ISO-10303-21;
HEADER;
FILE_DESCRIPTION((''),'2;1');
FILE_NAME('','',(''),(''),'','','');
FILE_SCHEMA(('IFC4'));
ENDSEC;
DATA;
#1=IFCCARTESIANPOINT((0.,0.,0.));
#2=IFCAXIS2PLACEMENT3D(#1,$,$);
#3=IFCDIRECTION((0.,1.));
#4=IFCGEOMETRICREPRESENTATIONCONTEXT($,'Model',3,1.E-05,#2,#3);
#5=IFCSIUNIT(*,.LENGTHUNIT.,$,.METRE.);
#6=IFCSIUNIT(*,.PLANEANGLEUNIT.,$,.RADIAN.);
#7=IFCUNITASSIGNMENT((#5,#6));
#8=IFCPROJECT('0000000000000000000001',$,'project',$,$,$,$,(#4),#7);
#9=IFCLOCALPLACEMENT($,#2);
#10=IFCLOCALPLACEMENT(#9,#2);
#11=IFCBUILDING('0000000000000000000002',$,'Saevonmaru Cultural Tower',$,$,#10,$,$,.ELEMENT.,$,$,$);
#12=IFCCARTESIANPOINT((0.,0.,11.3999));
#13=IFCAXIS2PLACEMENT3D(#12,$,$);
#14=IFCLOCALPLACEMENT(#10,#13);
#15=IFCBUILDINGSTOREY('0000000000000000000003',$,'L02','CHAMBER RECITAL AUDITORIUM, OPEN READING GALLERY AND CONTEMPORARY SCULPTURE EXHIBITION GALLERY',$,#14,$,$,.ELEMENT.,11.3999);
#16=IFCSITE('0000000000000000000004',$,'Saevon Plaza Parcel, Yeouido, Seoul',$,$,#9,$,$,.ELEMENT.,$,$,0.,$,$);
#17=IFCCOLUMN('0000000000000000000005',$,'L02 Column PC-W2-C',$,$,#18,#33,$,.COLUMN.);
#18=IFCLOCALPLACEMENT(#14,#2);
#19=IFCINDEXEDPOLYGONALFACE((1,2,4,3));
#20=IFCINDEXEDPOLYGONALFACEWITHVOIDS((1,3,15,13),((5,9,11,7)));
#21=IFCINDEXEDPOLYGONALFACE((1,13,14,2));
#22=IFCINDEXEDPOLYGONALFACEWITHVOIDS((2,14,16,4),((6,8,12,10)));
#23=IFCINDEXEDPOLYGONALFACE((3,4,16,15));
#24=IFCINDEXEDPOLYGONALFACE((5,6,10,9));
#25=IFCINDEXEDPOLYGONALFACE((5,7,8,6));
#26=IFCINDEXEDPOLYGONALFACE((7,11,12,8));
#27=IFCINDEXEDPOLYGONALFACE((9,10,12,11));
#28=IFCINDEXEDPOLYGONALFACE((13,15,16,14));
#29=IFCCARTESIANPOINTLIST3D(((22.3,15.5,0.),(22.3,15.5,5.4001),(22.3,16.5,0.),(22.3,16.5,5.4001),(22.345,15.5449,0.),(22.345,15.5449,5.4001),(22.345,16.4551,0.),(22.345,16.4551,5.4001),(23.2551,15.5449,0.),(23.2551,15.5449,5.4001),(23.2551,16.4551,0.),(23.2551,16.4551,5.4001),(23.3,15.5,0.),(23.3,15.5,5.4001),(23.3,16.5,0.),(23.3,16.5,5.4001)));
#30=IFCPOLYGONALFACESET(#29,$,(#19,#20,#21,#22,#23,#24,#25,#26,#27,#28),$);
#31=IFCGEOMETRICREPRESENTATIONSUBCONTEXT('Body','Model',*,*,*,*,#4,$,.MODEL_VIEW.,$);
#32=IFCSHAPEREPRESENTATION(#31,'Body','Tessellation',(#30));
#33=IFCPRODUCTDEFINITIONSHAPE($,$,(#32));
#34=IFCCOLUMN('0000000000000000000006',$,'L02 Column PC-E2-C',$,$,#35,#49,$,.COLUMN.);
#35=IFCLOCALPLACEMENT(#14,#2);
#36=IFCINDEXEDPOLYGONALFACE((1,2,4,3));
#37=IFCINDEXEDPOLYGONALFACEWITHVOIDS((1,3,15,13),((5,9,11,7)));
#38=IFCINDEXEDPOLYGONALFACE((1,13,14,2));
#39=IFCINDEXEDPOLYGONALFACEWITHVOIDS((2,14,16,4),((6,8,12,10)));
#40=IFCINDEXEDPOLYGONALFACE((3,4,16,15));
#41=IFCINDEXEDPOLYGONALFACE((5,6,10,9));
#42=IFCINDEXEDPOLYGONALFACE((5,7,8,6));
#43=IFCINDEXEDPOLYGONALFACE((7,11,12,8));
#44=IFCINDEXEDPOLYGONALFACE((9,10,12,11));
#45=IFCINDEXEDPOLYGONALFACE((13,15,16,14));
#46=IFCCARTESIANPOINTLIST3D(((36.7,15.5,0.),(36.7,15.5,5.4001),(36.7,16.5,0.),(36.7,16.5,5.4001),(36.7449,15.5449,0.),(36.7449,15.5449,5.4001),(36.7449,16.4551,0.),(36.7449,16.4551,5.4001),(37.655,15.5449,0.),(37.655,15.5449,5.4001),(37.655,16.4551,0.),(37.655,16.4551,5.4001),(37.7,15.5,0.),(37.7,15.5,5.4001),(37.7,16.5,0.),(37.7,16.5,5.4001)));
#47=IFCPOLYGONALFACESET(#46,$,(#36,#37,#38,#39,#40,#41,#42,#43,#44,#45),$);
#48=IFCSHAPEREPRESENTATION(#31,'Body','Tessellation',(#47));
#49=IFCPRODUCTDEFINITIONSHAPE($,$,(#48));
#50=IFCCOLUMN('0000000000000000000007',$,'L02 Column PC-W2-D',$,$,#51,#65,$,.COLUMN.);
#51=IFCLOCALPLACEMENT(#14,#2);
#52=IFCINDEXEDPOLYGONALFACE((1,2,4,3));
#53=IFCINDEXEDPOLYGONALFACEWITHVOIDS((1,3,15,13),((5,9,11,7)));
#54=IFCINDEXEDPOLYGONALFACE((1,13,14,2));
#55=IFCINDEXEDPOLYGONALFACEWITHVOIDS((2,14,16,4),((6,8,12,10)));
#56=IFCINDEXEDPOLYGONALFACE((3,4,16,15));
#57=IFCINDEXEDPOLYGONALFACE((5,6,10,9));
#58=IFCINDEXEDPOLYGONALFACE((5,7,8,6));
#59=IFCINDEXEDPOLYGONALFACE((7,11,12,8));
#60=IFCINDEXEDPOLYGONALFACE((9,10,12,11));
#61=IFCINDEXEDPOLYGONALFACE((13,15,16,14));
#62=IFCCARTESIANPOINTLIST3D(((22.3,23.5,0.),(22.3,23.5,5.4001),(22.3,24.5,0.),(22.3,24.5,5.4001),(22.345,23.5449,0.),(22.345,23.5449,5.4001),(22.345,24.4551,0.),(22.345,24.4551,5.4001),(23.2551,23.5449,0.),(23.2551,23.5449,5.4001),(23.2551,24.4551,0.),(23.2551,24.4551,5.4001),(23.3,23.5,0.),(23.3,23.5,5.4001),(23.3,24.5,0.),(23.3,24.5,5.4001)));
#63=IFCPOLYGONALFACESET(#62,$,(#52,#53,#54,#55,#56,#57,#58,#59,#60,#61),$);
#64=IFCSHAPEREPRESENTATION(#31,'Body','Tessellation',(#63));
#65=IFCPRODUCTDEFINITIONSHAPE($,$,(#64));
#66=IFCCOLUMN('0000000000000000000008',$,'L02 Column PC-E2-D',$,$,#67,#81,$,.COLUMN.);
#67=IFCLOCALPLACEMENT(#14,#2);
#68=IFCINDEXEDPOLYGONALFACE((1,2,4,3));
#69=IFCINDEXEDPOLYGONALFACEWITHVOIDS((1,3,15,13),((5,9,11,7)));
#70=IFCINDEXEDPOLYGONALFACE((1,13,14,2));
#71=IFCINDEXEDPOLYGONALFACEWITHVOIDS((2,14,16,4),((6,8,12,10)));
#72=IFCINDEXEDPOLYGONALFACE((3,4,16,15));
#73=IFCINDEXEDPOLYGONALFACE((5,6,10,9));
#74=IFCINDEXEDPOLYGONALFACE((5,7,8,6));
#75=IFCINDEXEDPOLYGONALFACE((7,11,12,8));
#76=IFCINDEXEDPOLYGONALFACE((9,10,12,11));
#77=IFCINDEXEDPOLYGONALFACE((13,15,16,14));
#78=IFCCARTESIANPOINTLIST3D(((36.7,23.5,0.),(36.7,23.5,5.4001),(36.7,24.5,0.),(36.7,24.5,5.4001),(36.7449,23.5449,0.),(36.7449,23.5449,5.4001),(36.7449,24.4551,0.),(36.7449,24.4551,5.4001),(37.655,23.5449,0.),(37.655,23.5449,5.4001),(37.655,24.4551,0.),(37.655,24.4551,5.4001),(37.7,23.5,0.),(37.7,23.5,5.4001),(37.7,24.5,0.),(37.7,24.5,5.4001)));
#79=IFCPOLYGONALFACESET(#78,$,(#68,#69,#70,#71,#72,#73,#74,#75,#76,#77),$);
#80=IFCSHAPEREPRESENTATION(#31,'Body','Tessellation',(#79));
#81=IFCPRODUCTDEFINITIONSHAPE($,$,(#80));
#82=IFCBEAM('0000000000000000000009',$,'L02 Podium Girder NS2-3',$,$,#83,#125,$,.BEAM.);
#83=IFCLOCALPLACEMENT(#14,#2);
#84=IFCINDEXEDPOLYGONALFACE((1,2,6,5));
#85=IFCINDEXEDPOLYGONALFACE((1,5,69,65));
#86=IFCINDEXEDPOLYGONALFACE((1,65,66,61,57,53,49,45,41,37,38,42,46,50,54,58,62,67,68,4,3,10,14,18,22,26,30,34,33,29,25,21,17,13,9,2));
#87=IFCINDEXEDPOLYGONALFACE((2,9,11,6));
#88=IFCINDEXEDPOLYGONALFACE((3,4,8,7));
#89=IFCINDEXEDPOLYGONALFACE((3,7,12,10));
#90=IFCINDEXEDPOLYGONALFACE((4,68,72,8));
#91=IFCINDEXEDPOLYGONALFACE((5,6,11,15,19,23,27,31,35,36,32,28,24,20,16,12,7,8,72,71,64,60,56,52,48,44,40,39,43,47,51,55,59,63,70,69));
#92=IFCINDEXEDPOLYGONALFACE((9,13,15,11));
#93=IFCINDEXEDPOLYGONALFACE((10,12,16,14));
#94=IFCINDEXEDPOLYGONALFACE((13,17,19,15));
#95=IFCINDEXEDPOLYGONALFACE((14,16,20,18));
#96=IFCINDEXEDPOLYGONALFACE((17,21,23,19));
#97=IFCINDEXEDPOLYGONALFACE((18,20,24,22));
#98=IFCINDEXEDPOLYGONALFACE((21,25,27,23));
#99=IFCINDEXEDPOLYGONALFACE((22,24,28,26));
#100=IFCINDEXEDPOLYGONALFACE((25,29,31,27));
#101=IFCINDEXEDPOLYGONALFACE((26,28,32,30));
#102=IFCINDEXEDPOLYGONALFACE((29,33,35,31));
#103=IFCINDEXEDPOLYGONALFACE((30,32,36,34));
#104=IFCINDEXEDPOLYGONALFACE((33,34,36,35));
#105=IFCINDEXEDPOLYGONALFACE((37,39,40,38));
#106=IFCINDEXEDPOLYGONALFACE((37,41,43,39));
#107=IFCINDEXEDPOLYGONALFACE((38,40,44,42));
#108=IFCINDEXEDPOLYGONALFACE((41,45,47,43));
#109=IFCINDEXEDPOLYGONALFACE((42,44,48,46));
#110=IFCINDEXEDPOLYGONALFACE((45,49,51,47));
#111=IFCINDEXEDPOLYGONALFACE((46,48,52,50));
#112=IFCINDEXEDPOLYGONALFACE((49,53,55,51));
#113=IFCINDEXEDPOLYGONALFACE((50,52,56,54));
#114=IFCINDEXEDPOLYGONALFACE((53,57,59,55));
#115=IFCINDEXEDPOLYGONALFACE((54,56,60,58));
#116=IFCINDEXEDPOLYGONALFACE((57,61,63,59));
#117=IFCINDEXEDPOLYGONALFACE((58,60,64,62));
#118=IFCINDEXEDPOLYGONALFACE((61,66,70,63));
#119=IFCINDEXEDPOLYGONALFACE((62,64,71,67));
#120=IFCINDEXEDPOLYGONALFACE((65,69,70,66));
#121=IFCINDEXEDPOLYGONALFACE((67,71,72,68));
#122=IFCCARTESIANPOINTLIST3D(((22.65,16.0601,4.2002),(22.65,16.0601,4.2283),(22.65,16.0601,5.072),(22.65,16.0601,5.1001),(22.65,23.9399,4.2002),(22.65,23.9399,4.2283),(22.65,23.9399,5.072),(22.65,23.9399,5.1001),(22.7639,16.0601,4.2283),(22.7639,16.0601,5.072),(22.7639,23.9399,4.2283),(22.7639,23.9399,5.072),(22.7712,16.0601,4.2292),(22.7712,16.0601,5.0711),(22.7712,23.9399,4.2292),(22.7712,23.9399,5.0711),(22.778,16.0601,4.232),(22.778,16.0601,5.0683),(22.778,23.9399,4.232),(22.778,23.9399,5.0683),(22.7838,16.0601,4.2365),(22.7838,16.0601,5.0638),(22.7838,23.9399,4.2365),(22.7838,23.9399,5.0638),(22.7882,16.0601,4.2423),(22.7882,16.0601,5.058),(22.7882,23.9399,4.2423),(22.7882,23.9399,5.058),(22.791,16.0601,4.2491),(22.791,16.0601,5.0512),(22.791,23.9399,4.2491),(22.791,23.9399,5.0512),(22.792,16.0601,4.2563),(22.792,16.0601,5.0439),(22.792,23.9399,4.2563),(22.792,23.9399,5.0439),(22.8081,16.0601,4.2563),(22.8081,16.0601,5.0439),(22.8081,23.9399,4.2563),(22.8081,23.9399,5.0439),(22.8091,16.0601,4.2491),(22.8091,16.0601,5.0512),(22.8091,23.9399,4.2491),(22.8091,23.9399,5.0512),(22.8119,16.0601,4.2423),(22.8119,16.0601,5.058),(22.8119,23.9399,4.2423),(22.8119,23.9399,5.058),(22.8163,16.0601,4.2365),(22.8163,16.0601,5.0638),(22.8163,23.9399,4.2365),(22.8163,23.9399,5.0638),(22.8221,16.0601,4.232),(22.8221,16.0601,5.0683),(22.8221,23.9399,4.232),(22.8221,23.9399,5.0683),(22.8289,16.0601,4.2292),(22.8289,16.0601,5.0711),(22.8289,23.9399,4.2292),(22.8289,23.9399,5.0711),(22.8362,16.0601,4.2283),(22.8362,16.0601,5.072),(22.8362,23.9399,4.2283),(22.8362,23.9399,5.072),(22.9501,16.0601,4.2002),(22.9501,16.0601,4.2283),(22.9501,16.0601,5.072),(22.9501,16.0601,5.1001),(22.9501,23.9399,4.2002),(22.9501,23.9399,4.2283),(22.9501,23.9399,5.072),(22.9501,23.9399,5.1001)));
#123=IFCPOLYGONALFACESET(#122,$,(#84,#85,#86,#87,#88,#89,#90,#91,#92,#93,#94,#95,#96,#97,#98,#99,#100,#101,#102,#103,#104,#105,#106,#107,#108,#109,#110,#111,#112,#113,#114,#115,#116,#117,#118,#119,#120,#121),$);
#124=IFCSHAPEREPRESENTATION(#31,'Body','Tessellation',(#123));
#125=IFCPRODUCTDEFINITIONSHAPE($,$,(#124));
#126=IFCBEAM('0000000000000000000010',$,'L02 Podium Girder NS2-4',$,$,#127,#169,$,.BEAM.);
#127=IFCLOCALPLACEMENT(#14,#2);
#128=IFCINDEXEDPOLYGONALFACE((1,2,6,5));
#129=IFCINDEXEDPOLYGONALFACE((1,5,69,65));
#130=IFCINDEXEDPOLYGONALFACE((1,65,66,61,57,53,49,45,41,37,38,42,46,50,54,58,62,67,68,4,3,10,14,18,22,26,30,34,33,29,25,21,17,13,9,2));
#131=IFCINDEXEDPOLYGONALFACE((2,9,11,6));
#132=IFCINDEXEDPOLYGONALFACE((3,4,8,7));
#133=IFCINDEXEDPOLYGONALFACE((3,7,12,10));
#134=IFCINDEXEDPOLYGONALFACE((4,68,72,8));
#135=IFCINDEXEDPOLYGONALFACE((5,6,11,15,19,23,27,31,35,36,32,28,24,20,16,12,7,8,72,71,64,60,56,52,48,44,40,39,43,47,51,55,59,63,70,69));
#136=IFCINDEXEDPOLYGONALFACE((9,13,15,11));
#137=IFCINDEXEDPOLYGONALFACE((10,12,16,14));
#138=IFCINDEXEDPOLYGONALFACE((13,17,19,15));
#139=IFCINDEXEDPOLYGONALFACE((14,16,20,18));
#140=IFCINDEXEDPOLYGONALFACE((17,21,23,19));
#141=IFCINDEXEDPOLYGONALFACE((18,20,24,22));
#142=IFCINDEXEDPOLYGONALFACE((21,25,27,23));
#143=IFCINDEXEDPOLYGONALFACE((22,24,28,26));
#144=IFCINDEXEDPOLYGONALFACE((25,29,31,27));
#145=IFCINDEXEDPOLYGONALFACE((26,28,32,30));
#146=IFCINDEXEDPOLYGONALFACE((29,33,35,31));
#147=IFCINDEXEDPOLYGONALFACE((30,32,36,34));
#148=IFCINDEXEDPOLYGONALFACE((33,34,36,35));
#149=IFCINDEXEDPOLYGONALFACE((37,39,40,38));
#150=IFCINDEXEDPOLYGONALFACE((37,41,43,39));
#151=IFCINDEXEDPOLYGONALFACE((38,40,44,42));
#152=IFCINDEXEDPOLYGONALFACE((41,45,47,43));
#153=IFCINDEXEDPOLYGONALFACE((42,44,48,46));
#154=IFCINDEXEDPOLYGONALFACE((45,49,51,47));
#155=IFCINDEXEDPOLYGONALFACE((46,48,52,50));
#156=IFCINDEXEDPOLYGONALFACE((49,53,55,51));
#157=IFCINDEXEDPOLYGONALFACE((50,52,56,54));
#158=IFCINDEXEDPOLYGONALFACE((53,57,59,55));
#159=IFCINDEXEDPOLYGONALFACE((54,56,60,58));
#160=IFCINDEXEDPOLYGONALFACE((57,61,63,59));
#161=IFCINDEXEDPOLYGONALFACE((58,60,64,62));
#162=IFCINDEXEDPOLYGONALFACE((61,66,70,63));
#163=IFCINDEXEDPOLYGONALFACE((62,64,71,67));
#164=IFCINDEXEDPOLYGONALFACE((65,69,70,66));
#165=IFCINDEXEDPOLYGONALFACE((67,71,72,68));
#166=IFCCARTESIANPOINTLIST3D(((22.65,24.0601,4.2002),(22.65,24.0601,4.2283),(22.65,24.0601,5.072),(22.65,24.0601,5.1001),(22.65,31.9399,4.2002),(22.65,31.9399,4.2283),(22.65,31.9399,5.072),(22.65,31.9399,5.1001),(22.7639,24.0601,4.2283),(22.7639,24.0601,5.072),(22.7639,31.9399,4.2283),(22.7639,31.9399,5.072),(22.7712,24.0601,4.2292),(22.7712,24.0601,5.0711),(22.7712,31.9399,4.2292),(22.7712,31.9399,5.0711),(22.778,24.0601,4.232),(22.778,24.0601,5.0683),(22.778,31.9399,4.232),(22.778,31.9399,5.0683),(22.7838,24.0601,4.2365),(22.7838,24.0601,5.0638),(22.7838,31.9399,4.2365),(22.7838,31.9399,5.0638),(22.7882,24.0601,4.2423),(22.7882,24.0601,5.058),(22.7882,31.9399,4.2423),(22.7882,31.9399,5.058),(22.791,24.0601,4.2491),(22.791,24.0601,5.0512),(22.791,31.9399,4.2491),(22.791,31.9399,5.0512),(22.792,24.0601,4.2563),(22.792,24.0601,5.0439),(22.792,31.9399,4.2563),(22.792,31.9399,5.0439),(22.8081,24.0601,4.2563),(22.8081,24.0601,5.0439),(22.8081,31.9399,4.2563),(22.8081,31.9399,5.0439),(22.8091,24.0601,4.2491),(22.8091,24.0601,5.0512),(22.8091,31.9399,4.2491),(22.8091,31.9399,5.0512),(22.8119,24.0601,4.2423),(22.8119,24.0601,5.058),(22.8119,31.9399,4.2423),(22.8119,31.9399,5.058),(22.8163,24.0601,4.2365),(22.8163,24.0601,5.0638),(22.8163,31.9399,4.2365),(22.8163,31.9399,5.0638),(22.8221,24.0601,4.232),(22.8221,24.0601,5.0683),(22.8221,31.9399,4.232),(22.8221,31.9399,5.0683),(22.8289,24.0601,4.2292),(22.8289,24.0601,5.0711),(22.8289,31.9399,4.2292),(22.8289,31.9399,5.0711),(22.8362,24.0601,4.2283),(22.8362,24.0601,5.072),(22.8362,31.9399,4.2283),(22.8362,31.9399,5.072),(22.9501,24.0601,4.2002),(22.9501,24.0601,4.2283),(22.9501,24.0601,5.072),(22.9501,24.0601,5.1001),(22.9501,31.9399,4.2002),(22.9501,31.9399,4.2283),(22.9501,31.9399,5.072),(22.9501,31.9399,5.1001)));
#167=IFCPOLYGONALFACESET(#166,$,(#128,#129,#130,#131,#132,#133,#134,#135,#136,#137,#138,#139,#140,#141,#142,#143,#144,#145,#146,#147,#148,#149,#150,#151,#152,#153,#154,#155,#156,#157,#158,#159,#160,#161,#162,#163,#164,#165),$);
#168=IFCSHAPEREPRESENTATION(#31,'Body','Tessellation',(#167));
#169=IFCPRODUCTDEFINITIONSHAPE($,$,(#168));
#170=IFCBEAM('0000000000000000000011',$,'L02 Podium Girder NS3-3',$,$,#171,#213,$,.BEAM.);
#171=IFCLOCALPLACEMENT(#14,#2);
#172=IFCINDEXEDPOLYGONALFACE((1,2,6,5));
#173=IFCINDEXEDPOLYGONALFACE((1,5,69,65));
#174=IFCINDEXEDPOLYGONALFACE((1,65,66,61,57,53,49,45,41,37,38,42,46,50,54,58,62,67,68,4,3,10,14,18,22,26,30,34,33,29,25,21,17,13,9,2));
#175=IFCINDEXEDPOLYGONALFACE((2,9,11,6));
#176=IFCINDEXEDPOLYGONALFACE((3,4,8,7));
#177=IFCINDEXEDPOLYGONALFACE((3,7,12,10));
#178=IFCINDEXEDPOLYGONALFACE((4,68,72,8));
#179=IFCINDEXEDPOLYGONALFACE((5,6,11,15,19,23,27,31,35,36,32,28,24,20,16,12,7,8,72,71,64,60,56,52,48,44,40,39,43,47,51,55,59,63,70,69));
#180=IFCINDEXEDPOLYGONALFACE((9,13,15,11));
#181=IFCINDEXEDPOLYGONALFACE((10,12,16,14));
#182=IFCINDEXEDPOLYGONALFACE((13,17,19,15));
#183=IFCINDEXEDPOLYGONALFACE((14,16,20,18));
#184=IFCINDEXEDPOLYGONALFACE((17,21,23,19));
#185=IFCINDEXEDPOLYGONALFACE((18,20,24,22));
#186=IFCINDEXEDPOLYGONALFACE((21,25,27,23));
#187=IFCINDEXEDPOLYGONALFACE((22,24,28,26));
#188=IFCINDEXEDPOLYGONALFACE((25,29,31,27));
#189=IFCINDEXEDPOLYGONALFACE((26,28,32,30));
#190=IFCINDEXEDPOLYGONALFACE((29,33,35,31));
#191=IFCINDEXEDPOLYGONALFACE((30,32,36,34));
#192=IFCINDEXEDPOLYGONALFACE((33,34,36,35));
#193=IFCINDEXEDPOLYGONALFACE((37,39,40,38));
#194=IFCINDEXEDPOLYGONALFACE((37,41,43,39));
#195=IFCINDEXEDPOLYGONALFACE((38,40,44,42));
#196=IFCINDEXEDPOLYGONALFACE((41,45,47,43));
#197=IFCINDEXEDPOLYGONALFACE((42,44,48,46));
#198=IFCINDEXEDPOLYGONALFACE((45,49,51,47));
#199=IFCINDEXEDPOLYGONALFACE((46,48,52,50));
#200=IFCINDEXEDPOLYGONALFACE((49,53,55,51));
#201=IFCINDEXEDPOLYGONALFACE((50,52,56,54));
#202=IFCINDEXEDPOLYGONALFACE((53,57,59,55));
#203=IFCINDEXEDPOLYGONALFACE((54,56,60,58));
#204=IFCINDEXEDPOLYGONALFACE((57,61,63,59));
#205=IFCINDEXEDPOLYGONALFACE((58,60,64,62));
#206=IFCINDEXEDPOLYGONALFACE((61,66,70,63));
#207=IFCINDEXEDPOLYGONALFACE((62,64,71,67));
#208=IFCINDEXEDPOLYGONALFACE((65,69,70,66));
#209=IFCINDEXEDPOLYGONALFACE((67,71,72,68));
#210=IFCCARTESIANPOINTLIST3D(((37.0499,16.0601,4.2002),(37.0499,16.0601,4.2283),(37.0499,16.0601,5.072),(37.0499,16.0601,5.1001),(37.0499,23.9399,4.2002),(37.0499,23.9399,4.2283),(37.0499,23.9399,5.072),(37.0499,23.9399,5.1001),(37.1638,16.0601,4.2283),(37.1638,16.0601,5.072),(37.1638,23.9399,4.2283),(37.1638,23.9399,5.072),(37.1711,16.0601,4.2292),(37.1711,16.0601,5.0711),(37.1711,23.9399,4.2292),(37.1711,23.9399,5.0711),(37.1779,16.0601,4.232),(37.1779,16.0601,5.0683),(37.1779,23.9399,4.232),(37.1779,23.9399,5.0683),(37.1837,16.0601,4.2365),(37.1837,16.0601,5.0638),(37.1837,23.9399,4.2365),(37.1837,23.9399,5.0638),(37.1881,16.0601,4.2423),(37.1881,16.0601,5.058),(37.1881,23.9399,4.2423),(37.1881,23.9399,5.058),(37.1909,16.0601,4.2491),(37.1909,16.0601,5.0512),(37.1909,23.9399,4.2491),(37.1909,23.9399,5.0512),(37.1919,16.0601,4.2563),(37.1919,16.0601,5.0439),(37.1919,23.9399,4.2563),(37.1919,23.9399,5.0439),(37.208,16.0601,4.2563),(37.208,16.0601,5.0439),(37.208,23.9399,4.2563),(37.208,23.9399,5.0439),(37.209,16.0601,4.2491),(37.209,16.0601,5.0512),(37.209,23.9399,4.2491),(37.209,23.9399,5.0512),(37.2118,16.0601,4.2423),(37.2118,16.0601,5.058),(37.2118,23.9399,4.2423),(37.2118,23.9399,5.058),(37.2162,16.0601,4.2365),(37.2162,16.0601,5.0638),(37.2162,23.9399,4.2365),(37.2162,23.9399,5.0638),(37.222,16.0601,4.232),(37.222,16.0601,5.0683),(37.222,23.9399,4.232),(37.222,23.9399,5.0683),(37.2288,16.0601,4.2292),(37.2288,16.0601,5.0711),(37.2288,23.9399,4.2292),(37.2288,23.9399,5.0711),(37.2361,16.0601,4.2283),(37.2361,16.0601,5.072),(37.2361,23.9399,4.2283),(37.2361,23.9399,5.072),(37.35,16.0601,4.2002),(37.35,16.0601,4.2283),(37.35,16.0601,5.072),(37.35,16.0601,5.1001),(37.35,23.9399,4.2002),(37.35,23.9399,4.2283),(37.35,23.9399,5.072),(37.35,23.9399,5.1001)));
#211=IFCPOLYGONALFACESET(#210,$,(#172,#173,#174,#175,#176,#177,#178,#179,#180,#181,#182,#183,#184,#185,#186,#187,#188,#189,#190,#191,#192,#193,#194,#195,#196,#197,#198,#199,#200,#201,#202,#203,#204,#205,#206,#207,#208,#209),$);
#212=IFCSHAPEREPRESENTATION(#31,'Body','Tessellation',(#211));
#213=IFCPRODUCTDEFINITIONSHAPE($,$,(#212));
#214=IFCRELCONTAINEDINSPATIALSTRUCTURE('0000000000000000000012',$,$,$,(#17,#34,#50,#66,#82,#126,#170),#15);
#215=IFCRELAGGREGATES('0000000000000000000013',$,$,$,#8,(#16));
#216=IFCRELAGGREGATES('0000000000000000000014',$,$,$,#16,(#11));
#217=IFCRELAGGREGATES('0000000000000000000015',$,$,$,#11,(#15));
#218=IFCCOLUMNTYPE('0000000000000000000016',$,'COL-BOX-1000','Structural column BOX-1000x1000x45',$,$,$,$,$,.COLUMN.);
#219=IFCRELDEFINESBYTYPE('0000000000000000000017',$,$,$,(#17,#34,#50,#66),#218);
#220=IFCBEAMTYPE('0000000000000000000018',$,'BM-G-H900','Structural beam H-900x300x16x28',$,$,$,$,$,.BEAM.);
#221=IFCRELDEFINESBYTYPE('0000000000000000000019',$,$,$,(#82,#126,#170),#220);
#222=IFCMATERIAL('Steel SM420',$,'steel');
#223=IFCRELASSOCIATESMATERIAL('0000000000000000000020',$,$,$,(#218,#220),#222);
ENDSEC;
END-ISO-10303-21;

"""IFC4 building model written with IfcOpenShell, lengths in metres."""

from ifc_helpers import new_model, si_unit, direction, frame, origin, origin_2d, place, context, subcontext, project, spatial, hollow_rectangle, i_section, extrude, material, material_profile, profile_set, type_object, element, save


model = new_model("IFC4")

# Units and contexts
model_context = context("Model", 3, precision=1e-05, world=origin(), true_north=direction((0.0, 1.0)))
body_context = subcontext(model_context, "Body", "Model", "MODEL_VIEW")
ifc_project = project(units=[si_unit("LENGTHUNIT", "METRE"), si_unit("PLANEANGLEUNIT", "RADIAN")], contexts=[model_context])

# Site, building, storey
site_placement = place(None, origin())
site = spatial("IfcSite", under=ifc_project, at=site_placement, Name="Saevon Plaza Parcel, Yeouido, Seoul", CompositionType="ELEMENT", RefElevation=0.0)
building_placement = place(site_placement, origin())
building = spatial("IfcBuilding", under=site, at=building_placement, Name="Saevonmaru Cultural Tower", CompositionType="ELEMENT")
storey_placement = place(building_placement, frame((0.0, 0.0, 11.3999)))
storey = spatial("IfcBuildingStorey", under=building, at=storey_placement, Name="L02", Description="CHAMBER RECITAL AUDITORIUM, OPEN READING GALLERY AND CONTEMPORARY SCULPTURE EXHIBITION GALLERY", CompositionType="ELEMENT", Elevation=11.3999)

# Columns
ifc_material_1 = material(Name="Steel SM420", Category="steel")
ifc_material_profile_1 = material_profile(ifc_material_1, hollow_rectangle(XDim=1.0, YDim=1.0, WallThickness=0.0449, at=origin_2d()), Name="BOX-1000x1000x45")
ifc_profile_set_1 = profile_set([ifc_material_profile_1], Name="Steel SM420")
column_type = type_object("IfcColumnType", Name="COL-BOX-1000", Description="Structural column BOX-1000x1000x45", PredefinedType="COLUMN", material=ifc_profile_set_1)
for number, where, z_axis, x_axis, name in (
    (1, (22.8, 16.0, 0.0), (0.0, 0.0, 1.0), (1.0, 0.0, 0.0), "L02 Column PC-W2-C"),
    (2, (37.2, 16.0, 0.0), (0.0, 0.0, 1.0), (1.0, 0.0, 0.0), "L02 Column PC-E2-C"),
    (3, (22.8, 24.0, 0.0), (0.0, 0.0, 1.0), (1.0, 0.0, 0.0), "L02 Column PC-W2-D"),
    (4, (37.2, 24.0, 0.0), (0.0, 0.0, 1.0), (1.0, 0.0, 0.0), "L02 Column PC-E2-D"),
):
    element("IfcColumn", number, at=place(storey_placement, frame(where, z_axis=z_axis, x_axis=x_axis)), inside=storey, type_object=column_type, Name=name, PredefinedType="COLUMN", context=body_context, shape_type="SweptSolid", body=[
        extrude(hollow_rectangle(XDim=1.0, YDim=1.0, WallThickness=0.0449, at=origin_2d()), origin(), (0.0, 0.0, 1.0), 5.4001),
    ])

# Beams
ifc_material_profile_2 = material_profile(ifc_material_1, i_section(OverallWidth=0.3, OverallDepth=0.8999, WebThickness=0.0161, FlangeThickness=0.0281, FilletRadius=0.0281, at=origin_2d()), Name="H-900x300x16x28")
ifc_profile_set_2 = profile_set([ifc_material_profile_2], Name="Steel SM420")
beam_type_1 = type_object("IfcBeamType", Name="BM-G-H900", Description="Structural beam H-900x300x16x28", PredefinedType="BEAM", material=ifc_profile_set_2)
for number, where, z_axis, x_axis, name in (
    (5, (22.8, 16.0601, 4.6501), (0.0, 1.0, 0.0), (-1.0, 0.0, 0.0), "L02 Podium Girder NS2-3"),
    (6, (22.8, 24.0601, 4.6501), (0.0, 1.0, 0.0), (-1.0, 0.0, 0.0), "L02 Podium Girder NS2-4"),
    (7, (37.2, 16.0601, 4.6501), (0.0, 1.0, 0.0), (-1.0, 0.0, 0.0), "L02 Podium Girder NS3-3"),
):
    element("IfcBeam", number, at=place(storey_placement, frame(where, z_axis=z_axis, x_axis=x_axis)), inside=storey, type_object=beam_type_1, Name=name, PredefinedType="BEAM", context=body_context, shape_type="SweptSolid", body=[
        extrude(i_section(OverallWidth=0.3, OverallDepth=0.8999, WebThickness=0.0161, FlangeThickness=0.0281, FilletRadius=0.0281, at=origin_2d()), origin(), (0.0, 0.0, 1.0), 7.8799),
    ])

save(model, "model.ifc")
